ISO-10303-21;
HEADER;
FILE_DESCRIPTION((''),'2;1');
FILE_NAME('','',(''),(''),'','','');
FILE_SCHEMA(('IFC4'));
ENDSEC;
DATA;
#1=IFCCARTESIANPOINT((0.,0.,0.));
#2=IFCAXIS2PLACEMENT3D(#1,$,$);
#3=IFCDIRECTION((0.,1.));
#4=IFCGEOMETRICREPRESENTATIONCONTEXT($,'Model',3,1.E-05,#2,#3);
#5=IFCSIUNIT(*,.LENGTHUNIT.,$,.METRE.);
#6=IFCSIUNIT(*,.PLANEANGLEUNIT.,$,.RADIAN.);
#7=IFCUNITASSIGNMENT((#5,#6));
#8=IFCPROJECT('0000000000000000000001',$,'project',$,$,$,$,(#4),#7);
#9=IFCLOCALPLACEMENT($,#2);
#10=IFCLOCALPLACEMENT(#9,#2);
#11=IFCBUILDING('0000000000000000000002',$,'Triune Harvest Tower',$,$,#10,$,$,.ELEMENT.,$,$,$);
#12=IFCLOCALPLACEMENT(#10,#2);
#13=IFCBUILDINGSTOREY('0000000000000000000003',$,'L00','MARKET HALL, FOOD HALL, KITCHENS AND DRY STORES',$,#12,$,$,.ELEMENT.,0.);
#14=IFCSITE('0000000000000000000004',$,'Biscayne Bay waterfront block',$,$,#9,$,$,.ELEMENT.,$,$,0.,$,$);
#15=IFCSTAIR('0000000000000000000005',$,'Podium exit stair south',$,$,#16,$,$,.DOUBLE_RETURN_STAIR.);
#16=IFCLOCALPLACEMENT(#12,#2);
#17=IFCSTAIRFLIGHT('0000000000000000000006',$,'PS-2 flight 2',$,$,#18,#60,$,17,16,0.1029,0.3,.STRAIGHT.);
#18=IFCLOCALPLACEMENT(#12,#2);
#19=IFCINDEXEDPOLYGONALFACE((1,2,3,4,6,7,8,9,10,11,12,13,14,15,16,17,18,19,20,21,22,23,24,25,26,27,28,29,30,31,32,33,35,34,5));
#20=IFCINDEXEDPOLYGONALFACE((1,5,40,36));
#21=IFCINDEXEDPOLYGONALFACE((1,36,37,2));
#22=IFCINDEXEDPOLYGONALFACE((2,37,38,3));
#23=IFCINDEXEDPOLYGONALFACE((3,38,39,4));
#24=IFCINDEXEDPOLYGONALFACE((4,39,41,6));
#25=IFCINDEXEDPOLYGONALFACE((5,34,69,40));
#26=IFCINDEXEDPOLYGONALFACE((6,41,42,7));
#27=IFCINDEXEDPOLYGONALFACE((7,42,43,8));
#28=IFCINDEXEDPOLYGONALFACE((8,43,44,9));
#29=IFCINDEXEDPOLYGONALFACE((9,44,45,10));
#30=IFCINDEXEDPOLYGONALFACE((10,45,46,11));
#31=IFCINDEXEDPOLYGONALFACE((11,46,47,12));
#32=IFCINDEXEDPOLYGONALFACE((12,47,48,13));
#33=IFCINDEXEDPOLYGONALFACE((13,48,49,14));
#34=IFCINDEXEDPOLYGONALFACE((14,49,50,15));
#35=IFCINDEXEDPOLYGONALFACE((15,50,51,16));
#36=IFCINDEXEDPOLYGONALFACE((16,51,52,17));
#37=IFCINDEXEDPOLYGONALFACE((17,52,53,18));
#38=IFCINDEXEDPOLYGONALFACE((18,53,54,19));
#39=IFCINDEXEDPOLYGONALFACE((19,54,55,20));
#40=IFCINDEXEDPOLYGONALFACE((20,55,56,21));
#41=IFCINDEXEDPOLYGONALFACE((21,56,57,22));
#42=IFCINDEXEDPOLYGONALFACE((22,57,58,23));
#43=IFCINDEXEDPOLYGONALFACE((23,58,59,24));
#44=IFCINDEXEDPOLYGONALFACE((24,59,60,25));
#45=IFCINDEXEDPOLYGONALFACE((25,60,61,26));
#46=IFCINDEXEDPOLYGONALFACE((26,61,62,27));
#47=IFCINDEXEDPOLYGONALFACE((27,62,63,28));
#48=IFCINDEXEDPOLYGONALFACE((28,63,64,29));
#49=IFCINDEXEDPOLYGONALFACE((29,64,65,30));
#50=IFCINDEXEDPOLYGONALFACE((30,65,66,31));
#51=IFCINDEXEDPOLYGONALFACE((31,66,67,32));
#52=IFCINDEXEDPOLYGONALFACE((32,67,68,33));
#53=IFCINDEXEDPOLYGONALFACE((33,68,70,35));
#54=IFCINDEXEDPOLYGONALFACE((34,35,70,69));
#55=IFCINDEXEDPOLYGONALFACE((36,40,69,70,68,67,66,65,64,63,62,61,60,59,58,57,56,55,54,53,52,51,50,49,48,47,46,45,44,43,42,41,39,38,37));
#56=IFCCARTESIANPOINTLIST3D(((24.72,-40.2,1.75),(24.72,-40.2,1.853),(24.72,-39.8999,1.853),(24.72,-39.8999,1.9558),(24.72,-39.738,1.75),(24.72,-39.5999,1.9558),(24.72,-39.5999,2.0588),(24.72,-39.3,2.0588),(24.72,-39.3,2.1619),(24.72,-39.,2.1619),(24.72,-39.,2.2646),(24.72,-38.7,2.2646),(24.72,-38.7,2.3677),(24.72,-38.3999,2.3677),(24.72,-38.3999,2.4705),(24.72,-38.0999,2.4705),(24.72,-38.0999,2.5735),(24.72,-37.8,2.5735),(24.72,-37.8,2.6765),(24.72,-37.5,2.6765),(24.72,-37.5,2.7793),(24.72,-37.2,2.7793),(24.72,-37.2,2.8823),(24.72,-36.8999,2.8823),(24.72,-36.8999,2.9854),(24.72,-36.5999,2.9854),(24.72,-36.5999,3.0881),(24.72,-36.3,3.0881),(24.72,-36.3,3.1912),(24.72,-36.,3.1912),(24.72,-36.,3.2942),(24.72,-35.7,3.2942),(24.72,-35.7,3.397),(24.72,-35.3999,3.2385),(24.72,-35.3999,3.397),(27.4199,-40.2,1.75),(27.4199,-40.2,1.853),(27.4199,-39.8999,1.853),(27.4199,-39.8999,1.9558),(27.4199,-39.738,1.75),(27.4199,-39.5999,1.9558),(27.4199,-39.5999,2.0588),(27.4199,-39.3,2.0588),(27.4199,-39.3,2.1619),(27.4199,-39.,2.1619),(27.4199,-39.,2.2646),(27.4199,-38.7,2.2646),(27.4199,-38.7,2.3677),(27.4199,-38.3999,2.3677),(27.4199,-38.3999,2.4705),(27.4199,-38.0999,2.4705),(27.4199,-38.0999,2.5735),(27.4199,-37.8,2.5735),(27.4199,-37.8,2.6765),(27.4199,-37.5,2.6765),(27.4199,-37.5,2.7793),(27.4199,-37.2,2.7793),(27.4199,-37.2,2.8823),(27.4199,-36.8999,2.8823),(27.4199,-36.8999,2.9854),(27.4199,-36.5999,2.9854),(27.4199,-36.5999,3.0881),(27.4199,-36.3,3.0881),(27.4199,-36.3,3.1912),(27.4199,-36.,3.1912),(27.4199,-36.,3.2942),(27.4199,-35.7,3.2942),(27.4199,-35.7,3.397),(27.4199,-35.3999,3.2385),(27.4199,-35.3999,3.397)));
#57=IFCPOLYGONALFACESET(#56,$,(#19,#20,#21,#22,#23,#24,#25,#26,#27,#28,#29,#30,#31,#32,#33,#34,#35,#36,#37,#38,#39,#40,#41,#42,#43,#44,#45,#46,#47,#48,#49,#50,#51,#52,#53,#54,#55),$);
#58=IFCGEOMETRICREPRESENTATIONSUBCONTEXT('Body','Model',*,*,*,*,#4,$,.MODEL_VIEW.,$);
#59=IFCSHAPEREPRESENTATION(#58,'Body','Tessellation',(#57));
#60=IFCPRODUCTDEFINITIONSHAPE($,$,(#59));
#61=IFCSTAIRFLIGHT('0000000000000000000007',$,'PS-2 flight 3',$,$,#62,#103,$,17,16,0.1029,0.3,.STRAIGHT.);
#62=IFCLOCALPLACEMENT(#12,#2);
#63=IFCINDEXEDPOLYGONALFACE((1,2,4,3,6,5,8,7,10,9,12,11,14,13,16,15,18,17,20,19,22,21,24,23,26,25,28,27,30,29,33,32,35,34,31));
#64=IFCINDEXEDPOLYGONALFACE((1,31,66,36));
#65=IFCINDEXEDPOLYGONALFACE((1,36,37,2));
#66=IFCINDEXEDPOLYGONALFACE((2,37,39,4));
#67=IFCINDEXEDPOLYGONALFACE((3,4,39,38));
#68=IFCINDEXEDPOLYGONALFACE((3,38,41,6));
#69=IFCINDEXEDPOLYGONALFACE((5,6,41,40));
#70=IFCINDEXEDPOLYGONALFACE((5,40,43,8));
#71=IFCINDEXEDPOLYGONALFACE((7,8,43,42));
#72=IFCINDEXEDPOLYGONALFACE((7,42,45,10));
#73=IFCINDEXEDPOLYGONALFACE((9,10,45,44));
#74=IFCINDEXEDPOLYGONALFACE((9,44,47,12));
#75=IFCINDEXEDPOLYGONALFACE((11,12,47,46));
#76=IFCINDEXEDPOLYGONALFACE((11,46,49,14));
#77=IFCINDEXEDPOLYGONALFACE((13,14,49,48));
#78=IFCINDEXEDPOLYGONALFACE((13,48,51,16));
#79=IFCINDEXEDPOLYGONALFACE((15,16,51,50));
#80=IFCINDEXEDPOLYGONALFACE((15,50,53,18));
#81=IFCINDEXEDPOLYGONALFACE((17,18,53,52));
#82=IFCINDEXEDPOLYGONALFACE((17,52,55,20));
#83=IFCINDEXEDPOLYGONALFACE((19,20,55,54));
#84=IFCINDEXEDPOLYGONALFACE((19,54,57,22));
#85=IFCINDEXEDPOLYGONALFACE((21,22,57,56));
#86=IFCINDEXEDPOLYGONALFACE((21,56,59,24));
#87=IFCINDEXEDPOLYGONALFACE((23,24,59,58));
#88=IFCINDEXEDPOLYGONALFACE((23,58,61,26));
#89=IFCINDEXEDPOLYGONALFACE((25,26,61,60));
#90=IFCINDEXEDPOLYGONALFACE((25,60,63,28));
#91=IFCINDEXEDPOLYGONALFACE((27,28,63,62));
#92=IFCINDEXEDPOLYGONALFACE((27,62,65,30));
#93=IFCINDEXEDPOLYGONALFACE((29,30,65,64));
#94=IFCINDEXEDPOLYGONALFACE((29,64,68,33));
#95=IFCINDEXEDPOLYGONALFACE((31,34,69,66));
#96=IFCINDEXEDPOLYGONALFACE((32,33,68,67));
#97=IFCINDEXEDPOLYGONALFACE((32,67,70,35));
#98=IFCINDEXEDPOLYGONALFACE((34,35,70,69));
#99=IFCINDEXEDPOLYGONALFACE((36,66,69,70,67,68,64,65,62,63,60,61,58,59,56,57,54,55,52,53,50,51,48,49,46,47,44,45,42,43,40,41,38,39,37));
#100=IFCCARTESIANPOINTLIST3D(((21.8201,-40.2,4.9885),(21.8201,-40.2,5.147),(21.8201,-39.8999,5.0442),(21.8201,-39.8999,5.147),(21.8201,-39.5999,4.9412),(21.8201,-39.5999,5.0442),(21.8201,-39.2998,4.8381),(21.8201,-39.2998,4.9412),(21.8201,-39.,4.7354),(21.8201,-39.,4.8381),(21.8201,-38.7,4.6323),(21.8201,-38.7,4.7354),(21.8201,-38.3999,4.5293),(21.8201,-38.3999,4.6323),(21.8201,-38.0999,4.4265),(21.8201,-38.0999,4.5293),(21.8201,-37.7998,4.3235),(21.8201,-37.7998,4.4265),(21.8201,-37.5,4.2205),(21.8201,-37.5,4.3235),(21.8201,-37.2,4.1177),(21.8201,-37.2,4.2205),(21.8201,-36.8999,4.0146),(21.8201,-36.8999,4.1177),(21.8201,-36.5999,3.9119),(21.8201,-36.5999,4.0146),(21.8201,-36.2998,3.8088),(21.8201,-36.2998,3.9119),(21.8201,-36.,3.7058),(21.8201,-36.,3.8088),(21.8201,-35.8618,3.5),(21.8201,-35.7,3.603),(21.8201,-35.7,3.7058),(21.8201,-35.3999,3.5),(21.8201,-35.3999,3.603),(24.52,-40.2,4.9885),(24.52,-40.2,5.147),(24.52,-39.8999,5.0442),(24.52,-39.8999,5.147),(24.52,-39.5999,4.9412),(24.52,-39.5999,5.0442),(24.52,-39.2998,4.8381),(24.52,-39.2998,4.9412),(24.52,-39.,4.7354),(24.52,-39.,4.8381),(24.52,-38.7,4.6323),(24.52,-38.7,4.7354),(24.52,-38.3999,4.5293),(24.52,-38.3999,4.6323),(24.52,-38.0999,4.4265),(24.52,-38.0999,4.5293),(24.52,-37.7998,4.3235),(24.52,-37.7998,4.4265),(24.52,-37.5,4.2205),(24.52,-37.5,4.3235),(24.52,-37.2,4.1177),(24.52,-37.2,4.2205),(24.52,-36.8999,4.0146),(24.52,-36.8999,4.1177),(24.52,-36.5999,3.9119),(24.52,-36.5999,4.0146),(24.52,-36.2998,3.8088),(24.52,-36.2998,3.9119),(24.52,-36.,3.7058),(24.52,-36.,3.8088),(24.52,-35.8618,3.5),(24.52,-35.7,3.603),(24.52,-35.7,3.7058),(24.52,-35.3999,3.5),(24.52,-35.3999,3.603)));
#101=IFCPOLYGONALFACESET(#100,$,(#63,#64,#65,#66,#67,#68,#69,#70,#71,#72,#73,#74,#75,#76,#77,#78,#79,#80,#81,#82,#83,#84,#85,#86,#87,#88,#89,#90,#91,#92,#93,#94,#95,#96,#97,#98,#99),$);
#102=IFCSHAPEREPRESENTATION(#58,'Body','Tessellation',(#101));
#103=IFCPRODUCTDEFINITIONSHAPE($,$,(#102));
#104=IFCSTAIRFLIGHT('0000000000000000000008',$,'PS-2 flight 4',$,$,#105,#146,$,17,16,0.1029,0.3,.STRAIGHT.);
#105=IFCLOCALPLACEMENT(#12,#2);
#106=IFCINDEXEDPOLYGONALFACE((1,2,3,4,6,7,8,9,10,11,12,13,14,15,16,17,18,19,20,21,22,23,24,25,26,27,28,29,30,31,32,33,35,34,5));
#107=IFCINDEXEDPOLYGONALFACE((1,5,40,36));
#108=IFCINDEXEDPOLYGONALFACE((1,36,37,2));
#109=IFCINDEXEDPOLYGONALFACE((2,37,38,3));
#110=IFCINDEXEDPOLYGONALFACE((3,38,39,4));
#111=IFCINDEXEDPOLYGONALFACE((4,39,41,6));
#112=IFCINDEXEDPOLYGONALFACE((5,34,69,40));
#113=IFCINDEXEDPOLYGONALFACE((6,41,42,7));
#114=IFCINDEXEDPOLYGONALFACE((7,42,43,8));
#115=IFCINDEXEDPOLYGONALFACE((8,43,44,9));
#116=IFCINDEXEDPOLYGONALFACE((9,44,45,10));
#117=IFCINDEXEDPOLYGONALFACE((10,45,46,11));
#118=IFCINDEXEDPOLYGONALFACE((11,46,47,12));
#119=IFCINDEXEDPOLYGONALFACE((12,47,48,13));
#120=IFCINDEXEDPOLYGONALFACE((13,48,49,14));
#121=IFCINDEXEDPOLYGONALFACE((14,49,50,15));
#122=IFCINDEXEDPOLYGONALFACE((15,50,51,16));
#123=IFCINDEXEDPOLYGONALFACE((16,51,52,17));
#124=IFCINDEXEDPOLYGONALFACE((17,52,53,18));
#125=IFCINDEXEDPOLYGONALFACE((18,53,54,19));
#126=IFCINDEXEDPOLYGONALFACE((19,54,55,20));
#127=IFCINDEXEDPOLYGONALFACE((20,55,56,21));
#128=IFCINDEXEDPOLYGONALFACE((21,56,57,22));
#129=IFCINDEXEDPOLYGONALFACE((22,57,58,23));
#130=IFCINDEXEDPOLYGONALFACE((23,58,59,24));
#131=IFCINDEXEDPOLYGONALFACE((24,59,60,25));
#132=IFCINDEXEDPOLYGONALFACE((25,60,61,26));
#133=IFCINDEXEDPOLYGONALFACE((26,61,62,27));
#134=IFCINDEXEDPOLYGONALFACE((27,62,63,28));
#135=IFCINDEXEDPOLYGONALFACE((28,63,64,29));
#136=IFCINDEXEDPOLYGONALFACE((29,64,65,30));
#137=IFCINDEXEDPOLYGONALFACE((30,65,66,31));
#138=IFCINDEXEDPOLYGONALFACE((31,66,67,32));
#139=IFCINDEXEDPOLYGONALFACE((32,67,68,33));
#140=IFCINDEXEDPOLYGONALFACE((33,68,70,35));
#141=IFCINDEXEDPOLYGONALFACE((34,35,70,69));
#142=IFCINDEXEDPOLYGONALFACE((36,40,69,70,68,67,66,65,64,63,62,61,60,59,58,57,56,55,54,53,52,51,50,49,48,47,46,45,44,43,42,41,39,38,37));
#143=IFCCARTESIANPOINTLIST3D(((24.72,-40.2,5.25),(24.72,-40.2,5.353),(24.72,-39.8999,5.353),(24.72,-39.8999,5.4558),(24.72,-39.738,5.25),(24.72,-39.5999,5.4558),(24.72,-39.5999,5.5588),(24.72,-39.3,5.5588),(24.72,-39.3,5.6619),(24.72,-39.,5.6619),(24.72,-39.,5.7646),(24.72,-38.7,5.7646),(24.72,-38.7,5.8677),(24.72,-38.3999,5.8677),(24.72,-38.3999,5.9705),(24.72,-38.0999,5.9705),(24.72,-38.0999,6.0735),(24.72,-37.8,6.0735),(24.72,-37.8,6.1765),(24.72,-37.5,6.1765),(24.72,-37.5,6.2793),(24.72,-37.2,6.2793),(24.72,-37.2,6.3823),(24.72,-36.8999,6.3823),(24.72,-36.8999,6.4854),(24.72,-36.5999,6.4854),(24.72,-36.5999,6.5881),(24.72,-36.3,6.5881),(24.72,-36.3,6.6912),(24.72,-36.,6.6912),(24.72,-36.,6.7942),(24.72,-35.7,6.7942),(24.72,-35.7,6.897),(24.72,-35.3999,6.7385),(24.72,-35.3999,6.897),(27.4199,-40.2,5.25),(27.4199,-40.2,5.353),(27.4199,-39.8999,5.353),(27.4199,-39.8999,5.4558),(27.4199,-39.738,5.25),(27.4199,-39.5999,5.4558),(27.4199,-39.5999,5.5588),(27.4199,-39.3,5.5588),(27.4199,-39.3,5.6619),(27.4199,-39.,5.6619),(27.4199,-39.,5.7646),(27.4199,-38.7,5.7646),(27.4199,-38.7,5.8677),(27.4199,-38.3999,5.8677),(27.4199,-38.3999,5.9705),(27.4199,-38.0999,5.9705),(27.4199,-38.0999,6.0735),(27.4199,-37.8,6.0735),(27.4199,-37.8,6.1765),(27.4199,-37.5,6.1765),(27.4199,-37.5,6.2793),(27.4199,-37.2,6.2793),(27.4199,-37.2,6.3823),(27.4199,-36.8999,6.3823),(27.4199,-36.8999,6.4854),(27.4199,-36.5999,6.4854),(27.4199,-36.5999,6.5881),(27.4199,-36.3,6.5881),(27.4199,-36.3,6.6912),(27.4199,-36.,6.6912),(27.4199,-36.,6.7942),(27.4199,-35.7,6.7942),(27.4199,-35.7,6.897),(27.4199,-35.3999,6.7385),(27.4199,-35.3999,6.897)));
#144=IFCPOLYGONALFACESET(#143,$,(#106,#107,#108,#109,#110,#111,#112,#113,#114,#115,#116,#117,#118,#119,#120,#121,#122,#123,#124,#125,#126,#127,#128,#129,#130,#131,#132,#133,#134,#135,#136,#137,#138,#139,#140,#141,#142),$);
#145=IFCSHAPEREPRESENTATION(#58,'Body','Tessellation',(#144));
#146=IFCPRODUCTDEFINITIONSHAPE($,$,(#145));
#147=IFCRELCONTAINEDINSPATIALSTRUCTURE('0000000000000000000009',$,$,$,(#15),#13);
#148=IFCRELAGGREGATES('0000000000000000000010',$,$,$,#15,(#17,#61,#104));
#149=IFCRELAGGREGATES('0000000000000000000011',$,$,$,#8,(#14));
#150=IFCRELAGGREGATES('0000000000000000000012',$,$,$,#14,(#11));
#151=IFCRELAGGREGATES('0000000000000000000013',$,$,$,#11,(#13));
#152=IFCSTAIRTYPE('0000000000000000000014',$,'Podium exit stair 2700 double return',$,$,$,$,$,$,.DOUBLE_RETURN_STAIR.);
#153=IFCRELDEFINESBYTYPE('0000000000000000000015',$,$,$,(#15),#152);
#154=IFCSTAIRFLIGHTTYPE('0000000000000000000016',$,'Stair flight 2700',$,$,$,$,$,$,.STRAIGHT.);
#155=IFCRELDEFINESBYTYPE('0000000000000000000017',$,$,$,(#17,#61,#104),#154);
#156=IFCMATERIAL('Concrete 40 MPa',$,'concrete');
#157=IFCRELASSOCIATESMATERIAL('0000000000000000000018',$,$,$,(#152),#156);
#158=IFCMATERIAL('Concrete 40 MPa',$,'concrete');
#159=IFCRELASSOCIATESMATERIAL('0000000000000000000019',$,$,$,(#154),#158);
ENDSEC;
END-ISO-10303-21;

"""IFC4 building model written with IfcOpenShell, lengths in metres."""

from ifc_helpers import new_model, si_unit, direction, frame, origin, place, context, subcontext, project, spatial, polyline, outline, extrude, source, transform, mapped, material, type_object, element, aggregate, save


model = new_model("IFC4")

# Units and contexts
model_context = context("Model", 3, precision=1e-05, world=origin(), true_north=direction((0.0, 1.0)))
body_context = subcontext(model_context, "Body", "Model", "MODEL_VIEW")
ifc_project = project(units=[si_unit("LENGTHUNIT", "METRE"), si_unit("PLANEANGLEUNIT", "RADIAN")], contexts=[model_context])

# Site, building, storey
site_placement = place(None, origin())
site = spatial("IfcSite", under=ifc_project, at=site_placement, Name="Biscayne Bay waterfront block", CompositionType="ELEMENT", RefElevation=0.0)
building_placement = place(site_placement, origin())
building = spatial("IfcBuilding", under=site, at=building_placement, Name="Triune Harvest Tower", CompositionType="ELEMENT")
storey_placement = place(building_placement, origin())
storey = spatial("IfcBuildingStorey", under=building, at=storey_placement, Name="L00", Description="MARKET HALL, FOOD HALL, KITCHENS AND DRY STORES", CompositionType="ELEMENT", Elevation=0.0)

# Stair, stair flights
ifc_material_1 = material(Name="Concrete 40 MPa", Category="concrete")
stair_type = type_object("IfcStairType", Name="Podium exit stair 2700 double return", PredefinedType="DOUBLE_RETURN_STAIR", material=ifc_material_1)
stair_placement = place(storey_placement, origin())
stair = element("IfcStair", 1, at=stair_placement, inside=storey, type_object=stair_type, Name="Podium exit stair south", PredefinedType="DOUBLE_RETURN_STAIR")
ifc_material_2 = material(Name="Concrete 40 MPa", Category="concrete")
stair_flight_type = type_object("IfcStairFlightType", Name="Stair flight 2700", PredefinedType="STRAIGHT", material=ifc_material_2)
shared_shape_1 = source(origin(), body_context, "Body", "SweptSolid", [
    extrude(outline(polyline([(0.0, 0.0), (0.0, 0.103), (0.3, 0.103), (0.3, 0.2058), (0.6001, 0.2058), (0.6001, 0.3088), (0.8999, 0.3088), (0.8999, 0.4119), (1.2, 0.4119), (1.2, 0.5146), (1.5, 0.5146), (1.5, 0.6177), (1.8, 0.6177), (1.8, 0.7205), (2.1001, 0.7205), (2.1001, 0.8235), (2.3999, 0.8235), (2.3999, 0.9265), (2.7, 0.9265), (2.7, 1.0293), (3.0, 1.0293), (3.0, 1.1323), (3.3, 1.1323), (3.3, 1.2354), (3.6001, 1.2354), (3.6001, 1.3381), (3.8999, 1.3381), (3.8999, 1.4412), (4.2, 1.4412), (4.2, 1.5442), (4.5, 1.5442), (4.5, 1.647), (4.8, 1.647), (4.8, 1.75), (4.8, 1.4885), (0.4619, 0.0), (0.0, 0.0)])), frame((0.0, 1.3501, 0.0), z_axis=(0.0, -1.0, 0.0), x_axis=(1.0, 0.0, 0.0)), (0.0, 0.0, 1.0), 2.7),
])
stair_flight_1_placement = place(storey_placement, frame((26.0701, -40.2, 1.75), z_axis=(0.0, 0.0, 1.0), x_axis=(0.0, 1.0, 0.0)))
stair_flight_1 = element("IfcStairFlight", 2, at=stair_flight_1_placement, type_object=stair_flight_type, Name="PS-2 flight 2", NumberOfRisers=17, NumberOfTreads=16, PredefinedType="STRAIGHT", RiserHeight=0.1029, TreadLength=0.3, context=body_context, shape_type="MappedRepresentation", body=[
    mapped(shared_shape_1, transform((0.0, 0.0, 0.0), scale=1.0)),
])
stair_flight_2_placement = place(storey_placement, frame((23.1699, -35.3999, 3.5), z_axis=(0.0, 0.0, 1.0), x_axis=(0.0, -1.0, 0.0)))
stair_flight_2 = element("IfcStairFlight", 3, at=stair_flight_2_placement, type_object=stair_flight_type, Name="PS-2 flight 3", NumberOfRisers=17, NumberOfTreads=16, PredefinedType="STRAIGHT", RiserHeight=0.1029, TreadLength=0.3, context=body_context, shape_type="MappedRepresentation", body=[
    mapped(shared_shape_1, transform((0.0, 0.0, 0.0), scale=1.0)),
])
stair_flight_3_placement = place(storey_placement, frame((26.0701, -40.2, 5.25), z_axis=(0.0, 0.0, 1.0), x_axis=(0.0, 1.0, 0.0)))
stair_flight_3 = element("IfcStairFlight", 4, at=stair_flight_3_placement, type_object=stair_flight_type, Name="PS-2 flight 4", NumberOfRisers=17, NumberOfTreads=16, PredefinedType="STRAIGHT", RiserHeight=0.1029, TreadLength=0.3, context=body_context, shape_type="MappedRepresentation", body=[
    mapped(shared_shape_1, transform((0.0, 0.0, 0.0), scale=1.0)),
])
aggregate(stair, [stair_flight_1, stair_flight_2, stair_flight_3])

save(model, "model.ifc")
